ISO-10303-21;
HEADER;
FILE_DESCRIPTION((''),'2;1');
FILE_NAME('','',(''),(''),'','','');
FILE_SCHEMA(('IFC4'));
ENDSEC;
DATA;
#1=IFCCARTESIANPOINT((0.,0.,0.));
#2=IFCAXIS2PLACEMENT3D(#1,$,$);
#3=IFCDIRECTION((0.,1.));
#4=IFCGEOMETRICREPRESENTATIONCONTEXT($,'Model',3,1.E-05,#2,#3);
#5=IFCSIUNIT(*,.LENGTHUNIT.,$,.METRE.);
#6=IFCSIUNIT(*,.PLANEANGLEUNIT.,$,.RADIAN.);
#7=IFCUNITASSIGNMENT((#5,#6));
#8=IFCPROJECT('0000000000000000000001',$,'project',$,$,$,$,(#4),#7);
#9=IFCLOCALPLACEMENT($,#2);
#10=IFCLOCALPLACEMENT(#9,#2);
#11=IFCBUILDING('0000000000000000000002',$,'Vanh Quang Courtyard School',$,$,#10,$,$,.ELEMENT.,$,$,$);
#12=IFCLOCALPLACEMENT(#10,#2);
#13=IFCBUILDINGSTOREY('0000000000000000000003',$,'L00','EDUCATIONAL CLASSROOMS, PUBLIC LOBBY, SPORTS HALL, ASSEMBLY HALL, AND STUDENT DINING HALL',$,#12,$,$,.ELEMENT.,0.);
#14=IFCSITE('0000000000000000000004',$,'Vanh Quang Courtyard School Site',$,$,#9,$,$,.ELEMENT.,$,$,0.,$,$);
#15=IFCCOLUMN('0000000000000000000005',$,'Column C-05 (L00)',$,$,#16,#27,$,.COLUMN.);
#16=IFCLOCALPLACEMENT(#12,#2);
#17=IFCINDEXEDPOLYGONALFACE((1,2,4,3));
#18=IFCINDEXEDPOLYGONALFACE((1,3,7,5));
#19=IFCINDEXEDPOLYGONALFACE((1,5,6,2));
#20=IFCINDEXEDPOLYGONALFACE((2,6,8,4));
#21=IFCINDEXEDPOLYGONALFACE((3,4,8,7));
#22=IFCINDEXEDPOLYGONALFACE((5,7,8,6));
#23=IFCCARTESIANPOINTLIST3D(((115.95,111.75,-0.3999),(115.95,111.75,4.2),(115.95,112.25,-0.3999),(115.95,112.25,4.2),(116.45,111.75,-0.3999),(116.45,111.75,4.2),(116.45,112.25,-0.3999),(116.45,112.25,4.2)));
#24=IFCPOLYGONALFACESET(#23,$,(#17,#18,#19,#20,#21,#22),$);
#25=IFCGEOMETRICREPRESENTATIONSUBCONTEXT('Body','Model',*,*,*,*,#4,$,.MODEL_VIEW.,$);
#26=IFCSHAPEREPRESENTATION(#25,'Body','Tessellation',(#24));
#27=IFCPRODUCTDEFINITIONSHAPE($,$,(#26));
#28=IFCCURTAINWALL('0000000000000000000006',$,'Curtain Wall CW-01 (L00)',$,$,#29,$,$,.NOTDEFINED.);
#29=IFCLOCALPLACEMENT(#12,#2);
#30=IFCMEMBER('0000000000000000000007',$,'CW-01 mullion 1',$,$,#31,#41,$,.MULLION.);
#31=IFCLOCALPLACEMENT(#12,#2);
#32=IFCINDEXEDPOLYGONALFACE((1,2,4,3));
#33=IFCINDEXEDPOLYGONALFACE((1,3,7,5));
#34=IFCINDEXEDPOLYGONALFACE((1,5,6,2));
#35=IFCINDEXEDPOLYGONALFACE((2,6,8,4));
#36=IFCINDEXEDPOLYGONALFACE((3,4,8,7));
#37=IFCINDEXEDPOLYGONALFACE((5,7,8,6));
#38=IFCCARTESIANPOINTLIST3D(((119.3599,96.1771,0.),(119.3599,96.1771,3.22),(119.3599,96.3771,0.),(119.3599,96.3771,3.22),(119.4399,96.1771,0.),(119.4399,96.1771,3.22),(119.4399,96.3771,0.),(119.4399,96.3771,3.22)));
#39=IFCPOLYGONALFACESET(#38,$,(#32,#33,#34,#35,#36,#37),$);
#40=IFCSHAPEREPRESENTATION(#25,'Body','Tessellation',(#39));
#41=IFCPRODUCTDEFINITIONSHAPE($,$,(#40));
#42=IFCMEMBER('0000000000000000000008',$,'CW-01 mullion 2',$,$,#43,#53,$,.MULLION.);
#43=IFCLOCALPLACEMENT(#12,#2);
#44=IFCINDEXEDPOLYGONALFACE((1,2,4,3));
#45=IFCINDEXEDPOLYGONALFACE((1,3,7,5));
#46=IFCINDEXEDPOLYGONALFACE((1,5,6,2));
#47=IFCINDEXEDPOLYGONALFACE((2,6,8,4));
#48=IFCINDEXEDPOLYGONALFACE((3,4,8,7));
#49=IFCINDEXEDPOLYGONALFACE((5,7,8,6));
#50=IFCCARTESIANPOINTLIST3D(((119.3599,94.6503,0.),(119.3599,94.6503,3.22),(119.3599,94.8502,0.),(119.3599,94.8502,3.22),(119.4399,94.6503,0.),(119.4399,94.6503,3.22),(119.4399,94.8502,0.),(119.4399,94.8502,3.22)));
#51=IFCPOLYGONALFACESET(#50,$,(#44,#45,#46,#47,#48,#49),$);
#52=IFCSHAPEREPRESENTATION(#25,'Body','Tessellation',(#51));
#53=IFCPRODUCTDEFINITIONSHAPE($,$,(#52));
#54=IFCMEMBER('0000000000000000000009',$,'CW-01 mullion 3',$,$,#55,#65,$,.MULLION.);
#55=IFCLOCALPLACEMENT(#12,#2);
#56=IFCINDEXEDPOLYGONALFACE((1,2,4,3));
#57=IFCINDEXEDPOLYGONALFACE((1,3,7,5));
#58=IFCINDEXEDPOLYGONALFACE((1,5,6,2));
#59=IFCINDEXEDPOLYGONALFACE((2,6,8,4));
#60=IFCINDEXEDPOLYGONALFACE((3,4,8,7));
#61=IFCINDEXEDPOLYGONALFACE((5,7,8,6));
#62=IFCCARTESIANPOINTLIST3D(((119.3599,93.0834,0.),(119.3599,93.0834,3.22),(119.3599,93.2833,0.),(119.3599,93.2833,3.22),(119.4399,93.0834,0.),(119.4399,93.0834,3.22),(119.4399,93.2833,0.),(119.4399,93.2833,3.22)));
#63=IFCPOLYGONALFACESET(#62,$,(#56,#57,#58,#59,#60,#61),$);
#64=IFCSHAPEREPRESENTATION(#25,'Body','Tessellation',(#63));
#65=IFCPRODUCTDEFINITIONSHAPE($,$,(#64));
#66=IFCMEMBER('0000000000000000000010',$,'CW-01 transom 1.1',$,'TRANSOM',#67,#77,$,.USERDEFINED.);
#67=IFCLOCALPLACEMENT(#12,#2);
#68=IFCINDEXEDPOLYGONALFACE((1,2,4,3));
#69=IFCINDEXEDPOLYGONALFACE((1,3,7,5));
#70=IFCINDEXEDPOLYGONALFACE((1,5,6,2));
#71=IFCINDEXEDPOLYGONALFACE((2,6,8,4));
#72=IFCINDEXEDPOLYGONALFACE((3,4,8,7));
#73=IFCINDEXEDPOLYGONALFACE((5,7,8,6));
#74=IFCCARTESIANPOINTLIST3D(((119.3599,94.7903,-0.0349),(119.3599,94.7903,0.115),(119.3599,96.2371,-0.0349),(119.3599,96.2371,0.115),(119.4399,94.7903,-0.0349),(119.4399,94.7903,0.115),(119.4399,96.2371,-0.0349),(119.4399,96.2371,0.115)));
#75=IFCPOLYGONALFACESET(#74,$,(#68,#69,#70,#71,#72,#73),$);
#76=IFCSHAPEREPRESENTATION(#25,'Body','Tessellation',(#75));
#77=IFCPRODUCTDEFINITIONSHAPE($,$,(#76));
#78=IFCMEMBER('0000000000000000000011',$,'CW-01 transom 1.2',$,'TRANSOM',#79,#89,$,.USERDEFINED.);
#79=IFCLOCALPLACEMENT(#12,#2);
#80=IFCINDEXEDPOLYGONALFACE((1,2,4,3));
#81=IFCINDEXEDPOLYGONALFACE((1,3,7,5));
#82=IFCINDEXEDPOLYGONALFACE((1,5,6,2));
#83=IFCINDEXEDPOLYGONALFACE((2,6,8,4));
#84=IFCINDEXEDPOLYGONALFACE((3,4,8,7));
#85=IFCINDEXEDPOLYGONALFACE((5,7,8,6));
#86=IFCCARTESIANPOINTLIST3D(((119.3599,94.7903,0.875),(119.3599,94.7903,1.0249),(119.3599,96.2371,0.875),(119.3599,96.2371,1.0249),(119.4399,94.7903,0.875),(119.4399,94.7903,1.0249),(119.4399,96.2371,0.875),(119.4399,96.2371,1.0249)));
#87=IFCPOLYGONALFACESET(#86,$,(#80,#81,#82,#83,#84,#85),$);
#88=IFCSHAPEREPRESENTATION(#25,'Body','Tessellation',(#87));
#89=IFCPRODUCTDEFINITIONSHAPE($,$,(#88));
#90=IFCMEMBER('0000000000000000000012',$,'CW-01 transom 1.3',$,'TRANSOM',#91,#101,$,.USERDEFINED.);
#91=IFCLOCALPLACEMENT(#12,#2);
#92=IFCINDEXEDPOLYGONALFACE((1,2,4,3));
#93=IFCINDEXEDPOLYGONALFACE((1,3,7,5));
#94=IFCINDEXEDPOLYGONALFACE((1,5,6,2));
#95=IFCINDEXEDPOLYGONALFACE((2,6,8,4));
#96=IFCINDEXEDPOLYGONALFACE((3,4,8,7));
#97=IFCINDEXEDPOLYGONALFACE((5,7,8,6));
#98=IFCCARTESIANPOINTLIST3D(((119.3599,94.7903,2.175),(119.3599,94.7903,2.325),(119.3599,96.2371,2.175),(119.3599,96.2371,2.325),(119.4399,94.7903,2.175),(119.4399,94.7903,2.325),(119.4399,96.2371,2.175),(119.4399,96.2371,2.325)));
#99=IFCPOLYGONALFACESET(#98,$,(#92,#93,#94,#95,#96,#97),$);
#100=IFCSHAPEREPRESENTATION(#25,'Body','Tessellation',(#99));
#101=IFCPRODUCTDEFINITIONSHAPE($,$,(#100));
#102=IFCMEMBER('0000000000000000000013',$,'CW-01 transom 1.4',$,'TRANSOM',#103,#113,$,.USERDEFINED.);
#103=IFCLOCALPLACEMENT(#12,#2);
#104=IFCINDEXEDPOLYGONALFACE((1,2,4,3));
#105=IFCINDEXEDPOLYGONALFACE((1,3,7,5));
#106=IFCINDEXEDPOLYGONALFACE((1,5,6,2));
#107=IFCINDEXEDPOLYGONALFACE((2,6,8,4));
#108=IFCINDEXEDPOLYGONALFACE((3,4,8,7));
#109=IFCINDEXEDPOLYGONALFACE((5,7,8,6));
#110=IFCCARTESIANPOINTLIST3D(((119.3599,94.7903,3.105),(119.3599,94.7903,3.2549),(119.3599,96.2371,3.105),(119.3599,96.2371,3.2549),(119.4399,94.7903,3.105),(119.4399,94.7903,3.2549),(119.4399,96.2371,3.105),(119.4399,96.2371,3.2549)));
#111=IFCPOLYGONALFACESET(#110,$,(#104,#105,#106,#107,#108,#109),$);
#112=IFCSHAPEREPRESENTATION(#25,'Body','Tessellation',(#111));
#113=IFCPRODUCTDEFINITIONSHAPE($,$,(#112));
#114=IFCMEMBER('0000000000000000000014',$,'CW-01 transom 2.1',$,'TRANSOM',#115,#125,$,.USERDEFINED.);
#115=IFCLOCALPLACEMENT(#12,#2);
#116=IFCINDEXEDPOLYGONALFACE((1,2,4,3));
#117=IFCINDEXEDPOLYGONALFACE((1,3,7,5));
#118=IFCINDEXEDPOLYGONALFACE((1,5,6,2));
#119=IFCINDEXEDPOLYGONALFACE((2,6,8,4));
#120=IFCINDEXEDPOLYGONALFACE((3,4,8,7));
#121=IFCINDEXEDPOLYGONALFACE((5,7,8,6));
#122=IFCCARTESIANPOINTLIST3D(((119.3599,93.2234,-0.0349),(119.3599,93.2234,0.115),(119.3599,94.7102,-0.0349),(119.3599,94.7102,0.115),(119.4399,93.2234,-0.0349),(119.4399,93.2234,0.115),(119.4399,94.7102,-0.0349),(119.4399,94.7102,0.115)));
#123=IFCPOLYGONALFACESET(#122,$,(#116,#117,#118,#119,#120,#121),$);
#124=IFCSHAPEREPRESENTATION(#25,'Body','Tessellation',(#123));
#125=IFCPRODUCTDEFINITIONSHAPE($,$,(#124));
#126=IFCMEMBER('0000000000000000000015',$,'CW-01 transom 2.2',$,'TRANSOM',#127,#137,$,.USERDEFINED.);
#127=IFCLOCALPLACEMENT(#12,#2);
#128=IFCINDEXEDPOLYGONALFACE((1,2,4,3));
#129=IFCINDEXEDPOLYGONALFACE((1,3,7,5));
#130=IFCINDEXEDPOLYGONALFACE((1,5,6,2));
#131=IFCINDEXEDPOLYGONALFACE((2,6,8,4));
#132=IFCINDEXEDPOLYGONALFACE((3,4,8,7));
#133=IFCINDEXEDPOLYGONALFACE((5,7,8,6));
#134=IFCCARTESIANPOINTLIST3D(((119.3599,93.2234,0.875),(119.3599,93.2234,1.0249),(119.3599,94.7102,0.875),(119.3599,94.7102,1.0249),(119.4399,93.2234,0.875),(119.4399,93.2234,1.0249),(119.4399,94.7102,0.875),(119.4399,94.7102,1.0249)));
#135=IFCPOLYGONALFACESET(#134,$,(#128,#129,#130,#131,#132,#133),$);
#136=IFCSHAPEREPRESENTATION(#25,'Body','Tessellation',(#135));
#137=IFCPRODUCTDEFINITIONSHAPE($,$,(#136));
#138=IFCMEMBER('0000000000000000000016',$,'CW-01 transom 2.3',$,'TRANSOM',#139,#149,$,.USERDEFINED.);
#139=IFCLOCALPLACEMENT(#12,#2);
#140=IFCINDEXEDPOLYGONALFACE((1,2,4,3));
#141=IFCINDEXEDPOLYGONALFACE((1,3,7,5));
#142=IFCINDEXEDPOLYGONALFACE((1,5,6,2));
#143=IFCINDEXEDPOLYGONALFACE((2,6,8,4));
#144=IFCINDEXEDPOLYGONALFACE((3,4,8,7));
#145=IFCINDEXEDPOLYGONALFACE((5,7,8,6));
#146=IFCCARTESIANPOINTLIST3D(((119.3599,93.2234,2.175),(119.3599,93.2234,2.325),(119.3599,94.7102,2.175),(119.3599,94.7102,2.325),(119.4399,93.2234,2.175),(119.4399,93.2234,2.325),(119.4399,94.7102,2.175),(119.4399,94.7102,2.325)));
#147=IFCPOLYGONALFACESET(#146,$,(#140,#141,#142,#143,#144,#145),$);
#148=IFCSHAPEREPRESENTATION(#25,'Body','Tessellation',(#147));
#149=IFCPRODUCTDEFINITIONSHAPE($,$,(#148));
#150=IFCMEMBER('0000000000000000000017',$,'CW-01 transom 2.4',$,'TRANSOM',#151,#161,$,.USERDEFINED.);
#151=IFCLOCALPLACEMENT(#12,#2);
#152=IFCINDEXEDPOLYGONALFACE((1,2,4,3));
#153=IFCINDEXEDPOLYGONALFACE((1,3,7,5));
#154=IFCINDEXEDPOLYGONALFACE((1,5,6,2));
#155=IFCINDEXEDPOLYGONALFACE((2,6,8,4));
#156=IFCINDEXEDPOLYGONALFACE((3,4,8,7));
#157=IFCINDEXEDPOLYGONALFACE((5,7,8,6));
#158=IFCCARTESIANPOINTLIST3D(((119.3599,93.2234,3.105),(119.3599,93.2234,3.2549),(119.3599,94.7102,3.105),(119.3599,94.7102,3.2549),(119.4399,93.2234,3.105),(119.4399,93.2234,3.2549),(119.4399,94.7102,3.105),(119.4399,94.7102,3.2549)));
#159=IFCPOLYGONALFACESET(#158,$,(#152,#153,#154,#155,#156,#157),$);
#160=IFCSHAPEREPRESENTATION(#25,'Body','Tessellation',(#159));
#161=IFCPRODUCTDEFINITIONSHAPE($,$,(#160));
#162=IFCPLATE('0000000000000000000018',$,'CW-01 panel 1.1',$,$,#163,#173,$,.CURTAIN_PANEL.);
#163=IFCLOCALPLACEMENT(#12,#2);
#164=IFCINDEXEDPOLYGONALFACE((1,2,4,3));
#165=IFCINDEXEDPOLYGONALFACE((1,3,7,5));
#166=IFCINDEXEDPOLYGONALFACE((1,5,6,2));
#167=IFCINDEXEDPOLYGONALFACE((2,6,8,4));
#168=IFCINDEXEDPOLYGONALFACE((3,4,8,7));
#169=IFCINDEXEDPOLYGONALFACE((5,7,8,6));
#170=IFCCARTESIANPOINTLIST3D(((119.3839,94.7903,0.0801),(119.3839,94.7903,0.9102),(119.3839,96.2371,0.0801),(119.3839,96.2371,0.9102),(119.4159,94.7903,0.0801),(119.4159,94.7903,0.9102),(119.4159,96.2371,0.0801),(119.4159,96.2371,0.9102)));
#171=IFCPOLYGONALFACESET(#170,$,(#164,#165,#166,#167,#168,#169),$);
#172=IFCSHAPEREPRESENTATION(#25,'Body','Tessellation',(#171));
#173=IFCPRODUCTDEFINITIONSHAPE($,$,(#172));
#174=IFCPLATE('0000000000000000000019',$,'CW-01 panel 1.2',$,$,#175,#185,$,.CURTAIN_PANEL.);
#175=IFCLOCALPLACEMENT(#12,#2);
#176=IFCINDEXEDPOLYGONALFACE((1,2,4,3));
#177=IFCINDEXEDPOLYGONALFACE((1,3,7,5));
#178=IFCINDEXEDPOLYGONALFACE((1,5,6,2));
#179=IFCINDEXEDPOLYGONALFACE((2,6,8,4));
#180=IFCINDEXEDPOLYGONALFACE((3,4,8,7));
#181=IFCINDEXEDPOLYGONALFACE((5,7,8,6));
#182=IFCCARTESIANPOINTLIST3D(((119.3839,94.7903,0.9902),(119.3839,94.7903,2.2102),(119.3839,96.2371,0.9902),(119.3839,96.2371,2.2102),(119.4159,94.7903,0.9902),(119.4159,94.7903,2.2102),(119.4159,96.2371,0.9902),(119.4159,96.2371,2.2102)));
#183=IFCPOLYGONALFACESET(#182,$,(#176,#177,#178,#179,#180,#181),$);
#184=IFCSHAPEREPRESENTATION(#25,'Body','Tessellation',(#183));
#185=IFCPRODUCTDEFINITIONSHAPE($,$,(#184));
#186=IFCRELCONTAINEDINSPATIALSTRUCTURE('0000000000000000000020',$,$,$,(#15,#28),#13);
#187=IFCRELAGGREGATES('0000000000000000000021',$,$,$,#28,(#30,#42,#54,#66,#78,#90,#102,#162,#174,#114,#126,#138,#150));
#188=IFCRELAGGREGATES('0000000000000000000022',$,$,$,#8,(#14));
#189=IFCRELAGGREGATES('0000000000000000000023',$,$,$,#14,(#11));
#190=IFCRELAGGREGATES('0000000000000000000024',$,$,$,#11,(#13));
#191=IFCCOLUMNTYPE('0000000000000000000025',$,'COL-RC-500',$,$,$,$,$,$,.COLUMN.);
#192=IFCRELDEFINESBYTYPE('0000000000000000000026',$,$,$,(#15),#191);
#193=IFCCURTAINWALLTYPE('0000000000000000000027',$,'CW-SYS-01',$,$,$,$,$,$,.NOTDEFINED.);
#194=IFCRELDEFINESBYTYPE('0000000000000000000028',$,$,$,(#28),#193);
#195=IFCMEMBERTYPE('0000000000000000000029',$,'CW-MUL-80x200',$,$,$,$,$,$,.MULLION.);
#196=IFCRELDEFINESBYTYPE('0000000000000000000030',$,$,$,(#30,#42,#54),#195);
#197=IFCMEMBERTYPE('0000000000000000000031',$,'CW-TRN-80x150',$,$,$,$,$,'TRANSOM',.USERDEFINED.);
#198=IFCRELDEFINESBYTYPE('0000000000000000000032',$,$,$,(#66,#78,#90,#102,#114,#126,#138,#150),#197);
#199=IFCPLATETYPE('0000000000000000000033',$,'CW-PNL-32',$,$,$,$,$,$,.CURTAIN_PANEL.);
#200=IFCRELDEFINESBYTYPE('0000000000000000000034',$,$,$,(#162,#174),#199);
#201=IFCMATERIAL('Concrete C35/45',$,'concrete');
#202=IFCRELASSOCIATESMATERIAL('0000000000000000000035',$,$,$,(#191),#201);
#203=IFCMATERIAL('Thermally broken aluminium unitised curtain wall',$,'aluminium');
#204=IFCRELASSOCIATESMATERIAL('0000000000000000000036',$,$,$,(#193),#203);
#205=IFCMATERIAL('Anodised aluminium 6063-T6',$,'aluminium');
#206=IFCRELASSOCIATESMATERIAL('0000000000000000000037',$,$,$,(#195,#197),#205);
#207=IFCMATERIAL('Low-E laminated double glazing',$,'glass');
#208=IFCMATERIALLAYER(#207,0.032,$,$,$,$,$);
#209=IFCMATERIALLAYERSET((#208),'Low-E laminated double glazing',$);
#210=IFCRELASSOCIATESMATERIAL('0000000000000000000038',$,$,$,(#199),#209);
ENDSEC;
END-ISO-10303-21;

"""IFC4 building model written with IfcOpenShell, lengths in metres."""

from ifc_helpers import new_model, si_unit, direction, frame, origin, origin_2d, place, context, subcontext, project, spatial, rectangle, extrude, material, layer, layer_set, material_profile, profile_set, type_object, element, aggregate, save


model = new_model("IFC4")

# Units and contexts
model_context = context("Model", 3, precision=1e-05, world=origin(), true_north=direction((0.0, 1.0)))
body_context = subcontext(model_context, "Body", "Model", "MODEL_VIEW")
ifc_project = project(units=[si_unit("LENGTHUNIT", "METRE"), si_unit("PLANEANGLEUNIT", "RADIAN")], contexts=[model_context])

# Site, building, storey
site_placement = place(None, origin())
site = spatial("IfcSite", under=ifc_project, at=site_placement, Name="Vanh Quang Courtyard School Site", CompositionType="ELEMENT", RefElevation=0.0)
building_placement = place(site_placement, origin())
building = spatial("IfcBuilding", under=site, at=building_placement, Name="Vanh Quang Courtyard School", CompositionType="ELEMENT")
storey_placement = place(building_placement, origin())
storey = spatial("IfcBuildingStorey", under=building, at=storey_placement, Name="L00", Description="EDUCATIONAL CLASSROOMS, PUBLIC LOBBY, SPORTS HALL, ASSEMBLY HALL, AND STUDENT DINING HALL", CompositionType="ELEMENT", Elevation=0.0)

# Shared definitions
ifc_material_1 = material(Name="Concrete C35/45", Category="concrete")

# Column
ifc_material_profile_1 = material_profile(ifc_material_1, rectangle(XDim=0.5, YDim=0.5, at=origin_2d()), Name="RC-COL 500x500")
ifc_profile_set_1 = profile_set([ifc_material_profile_1], Name="Concrete C35/45")
column_type = type_object("IfcColumnType", Name="COL-RC-500", PredefinedType="COLUMN", material=ifc_profile_set_1)
for number, where, z_axis, x_axis, name in (
    (1, (116.2, 112.0, -0.3999), (0.0, 0.0, 1.0), (1.0, 0.0, 0.0), "Column C-05 (L00)"),
):
    element("IfcColumn", number, at=place(storey_placement, frame(where, z_axis=z_axis, x_axis=x_axis)), inside=storey, type_object=column_type, Name=name, PredefinedType="COLUMN", context=body_context, shape_type="SweptSolid", body=[
        extrude(rectangle(XDim=0.5, YDim=0.5, at=origin_2d()), origin(), (0.0, 0.0, 1.0), 4.5999),
    ])

# Curtain wall, members, plates
ifc_material_2 = material(Name="Thermally broken aluminium unitised curtain wall", Category="aluminium")
curtain_wall_type = type_object("IfcCurtainWallType", Name="CW-SYS-01", PredefinedType="NOTDEFINED", material=ifc_material_2)
curtain_wall_placement = place(storey_placement, origin())
curtain_wall = element("IfcCurtainWall", 2, at=curtain_wall_placement, inside=storey, type_object=curtain_wall_type, Name="Curtain Wall CW-01 (L00)", PredefinedType="NOTDEFINED")
ifc_material_3 = material(Name="Anodised aluminium 6063-T6", Category="aluminium")
ifc_material_profile_2 = material_profile(ifc_material_3, rectangle(XDim=0.0801, YDim=0.2, at=origin_2d()), Name="ALU-MUL 80x200")
ifc_profile_set_2 = profile_set([ifc_material_profile_2], Name="Anodised aluminium 6063-T6")
member_type_1 = type_object("IfcMemberType", Name="CW-MUL-80x200", PredefinedType="MULLION", material=ifc_profile_set_2)
member_1_placement = place(storey_placement, frame((119.3999, 96.2771, 0.0), z_axis=(0.0, 0.0, 1.0), x_axis=(1.0, 0.0, 0.0)))
member_1 = element("IfcMember", 3, at=member_1_placement, type_object=member_type_1, Name="CW-01 mullion 1", PredefinedType="MULLION", context=body_context, shape_type="SweptSolid", body=[
    extrude(rectangle(XDim=0.0801, YDim=0.2, at=origin_2d()), origin(), (0.0, 0.0, 1.0), 3.22),
])
member_2_placement = place(storey_placement, frame((119.3999, 94.7502, 0.0), z_axis=(0.0, 0.0, 1.0), x_axis=(1.0, 0.0, 0.0)))
member_2 = element("IfcMember", 4, at=member_2_placement, type_object=member_type_1, Name="CW-01 mullion 2", PredefinedType="MULLION", context=body_context, shape_type="SweptSolid", body=[
    extrude(rectangle(XDim=0.0801, YDim=0.2, at=origin_2d()), origin(), (0.0, 0.0, 1.0), 3.22),
])
member_3_placement = place(storey_placement, frame((119.3999, 93.1833, 0.0), z_axis=(0.0, 0.0, 1.0), x_axis=(1.0, 0.0, 0.0)))
member_3 = element("IfcMember", 5, at=member_3_placement, type_object=member_type_1, Name="CW-01 mullion 3", PredefinedType="MULLION", context=body_context, shape_type="SweptSolid", body=[
    extrude(rectangle(XDim=0.0801, YDim=0.2, at=origin_2d()), origin(), (0.0, 0.0, 1.0), 3.22),
])
ifc_material_profile_3 = material_profile(ifc_material_3, rectangle(XDim=0.0801, YDim=0.1499, at=origin_2d()), Name="ALU-TRN 80x150")
ifc_profile_set_3 = profile_set([ifc_material_profile_3], Name="Anodised aluminium 6063-T6")
member_type_2 = type_object("IfcMemberType", Name="CW-TRN-80x150", ElementType="TRANSOM", PredefinedType="USERDEFINED", material=ifc_profile_set_3)
member_4_placement = place(storey_placement, frame((119.3999, 96.2371, 0.04), z_axis=(0.0, -1.0, 0.0), x_axis=(1.0, 0.0, 0.0)))
member_4 = element("IfcMember", 6, at=member_4_placement, type_object=member_type_2, Name="CW-01 transom 1.1", ObjectType="TRANSOM", PredefinedType="USERDEFINED", context=body_context, shape_type="SweptSolid", body=[
    extrude(rectangle(XDim=0.0801, YDim=0.1499, at=origin_2d()), origin(), (0.0, 0.0, 1.0), 1.4468),
])
member_5_placement = place(storey_placement, frame((119.3999, 96.2371, 0.95), z_axis=(0.0, -1.0, 0.0), x_axis=(1.0, 0.0, 0.0)))
member_5 = element("IfcMember", 7, at=member_5_placement, type_object=member_type_2, Name="CW-01 transom 1.2", ObjectType="TRANSOM", PredefinedType="USERDEFINED", context=body_context, shape_type="SweptSolid", body=[
    extrude(rectangle(XDim=0.0801, YDim=0.1499, at=origin_2d()), origin(), (0.0, 0.0, 1.0), 1.4468),
])
member_6_placement = place(storey_placement, frame((119.3999, 96.2371, 2.25), z_axis=(0.0, -1.0, 0.0), x_axis=(1.0, 0.0, 0.0)))
member_6 = element("IfcMember", 8, at=member_6_placement, type_object=member_type_2, Name="CW-01 transom 1.3", ObjectType="TRANSOM", PredefinedType="USERDEFINED", context=body_context, shape_type="SweptSolid", body=[
    extrude(rectangle(XDim=0.0801, YDim=0.1499, at=origin_2d()), origin(), (0.0, 0.0, 1.0), 1.4468),
])
member_7_placement = place(storey_placement, frame((119.3999, 96.2371, 3.1799), z_axis=(0.0, -1.0, 0.0), x_axis=(1.0, 0.0, 0.0)))
member_7 = element("IfcMember", 9, at=member_7_placement, type_object=member_type_2, Name="CW-01 transom 1.4", ObjectType="TRANSOM", PredefinedType="USERDEFINED", context=body_context, shape_type="SweptSolid", body=[
    extrude(rectangle(XDim=0.0801, YDim=0.1499, at=origin_2d()), origin(), (0.0, 0.0, 1.0), 1.4468),
])
member_8_placement = place(storey_placement, frame((119.3999, 94.7102, 0.04), z_axis=(0.0, -1.0, 0.0), x_axis=(1.0, 0.0, 0.0)))
member_8 = element("IfcMember", 10, at=member_8_placement, type_object=member_type_2, Name="CW-01 transom 2.1", ObjectType="TRANSOM", PredefinedType="USERDEFINED", context=body_context, shape_type="SweptSolid", body=[
    extrude(rectangle(XDim=0.0801, YDim=0.1499, at=origin_2d()), origin(), (0.0, 0.0, 1.0), 1.4868),
])
member_9_placement = place(storey_placement, frame((119.3999, 94.7102, 0.95), z_axis=(0.0, -1.0, 0.0), x_axis=(1.0, 0.0, 0.0)))
member_9 = element("IfcMember", 11, at=member_9_placement, type_object=member_type_2, Name="CW-01 transom 2.2", ObjectType="TRANSOM", PredefinedType="USERDEFINED", context=body_context, shape_type="SweptSolid", body=[
    extrude(rectangle(XDim=0.0801, YDim=0.1499, at=origin_2d()), origin(), (0.0, 0.0, 1.0), 1.4868),
])
member_10_placement = place(storey_placement, frame((119.3999, 94.7102, 2.25), z_axis=(0.0, -1.0, 0.0), x_axis=(1.0, 0.0, 0.0)))
member_10 = element("IfcMember", 12, at=member_10_placement, type_object=member_type_2, Name="CW-01 transom 2.3", ObjectType="TRANSOM", PredefinedType="USERDEFINED", context=body_context, shape_type="SweptSolid", body=[
    extrude(rectangle(XDim=0.0801, YDim=0.1499, at=origin_2d()), origin(), (0.0, 0.0, 1.0), 1.4868),
])
member_11_placement = place(storey_placement, frame((119.3999, 94.7102, 3.1799), z_axis=(0.0, -1.0, 0.0), x_axis=(1.0, 0.0, 0.0)))
member_11 = element("IfcMember", 13, at=member_11_placement, type_object=member_type_2, Name="CW-01 transom 2.4", ObjectType="TRANSOM", PredefinedType="USERDEFINED", context=body_context, shape_type="SweptSolid", body=[
    extrude(rectangle(XDim=0.0801, YDim=0.1499, at=origin_2d()), origin(), (0.0, 0.0, 1.0), 1.4868),
])
ifc_material_4 = material(Name="Low-E laminated double glazing", Category="glass")
ifc_layer_1 = layer(ifc_material_4, 0.032)
ifc_layer_set_1 = layer_set([ifc_layer_1], Name="Low-E laminated double glazing")
plate_type = type_object("IfcPlateType", Name="CW-PNL-32", PredefinedType="CURTAIN_PANEL", material=ifc_layer_set_1)
plate_1_placement = place(storey_placement, frame((119.3999, 95.5137, 0.0801), z_axis=(0.0, 0.0, 1.0), x_axis=(0.0, -1.0, 0.0)))
plate_1 = element("IfcPlate", 14, at=plate_1_placement, type_object=plate_type, Name="CW-01 panel 1.1", PredefinedType="CURTAIN_PANEL", context=body_context, shape_type="SweptSolid", body=[
    extrude(rectangle(XDim=1.4468, YDim=0.032, at=origin_2d()), origin(), (0.0, 0.0, 1.0), 0.8301),
])
plate_2_placement = place(storey_placement, frame((119.3999, 95.5137, 0.9902), z_axis=(0.0, 0.0, 1.0), x_axis=(0.0, -1.0, 0.0)))
plate_2 = element("IfcPlate", 15, at=plate_2_placement, type_object=plate_type, Name="CW-01 panel 1.2", PredefinedType="CURTAIN_PANEL", context=body_context, shape_type="SweptSolid", body=[
    extrude(rectangle(XDim=1.4468, YDim=0.032, at=origin_2d()), origin(), (0.0, 0.0, 1.0), 1.22),
])
aggregate(curtain_wall, [member_1, member_2, member_3, member_4, member_5, member_6, member_7, plate_1, plate_2, member_8, member_9, member_10, member_11])

save(model, "model.ifc")
